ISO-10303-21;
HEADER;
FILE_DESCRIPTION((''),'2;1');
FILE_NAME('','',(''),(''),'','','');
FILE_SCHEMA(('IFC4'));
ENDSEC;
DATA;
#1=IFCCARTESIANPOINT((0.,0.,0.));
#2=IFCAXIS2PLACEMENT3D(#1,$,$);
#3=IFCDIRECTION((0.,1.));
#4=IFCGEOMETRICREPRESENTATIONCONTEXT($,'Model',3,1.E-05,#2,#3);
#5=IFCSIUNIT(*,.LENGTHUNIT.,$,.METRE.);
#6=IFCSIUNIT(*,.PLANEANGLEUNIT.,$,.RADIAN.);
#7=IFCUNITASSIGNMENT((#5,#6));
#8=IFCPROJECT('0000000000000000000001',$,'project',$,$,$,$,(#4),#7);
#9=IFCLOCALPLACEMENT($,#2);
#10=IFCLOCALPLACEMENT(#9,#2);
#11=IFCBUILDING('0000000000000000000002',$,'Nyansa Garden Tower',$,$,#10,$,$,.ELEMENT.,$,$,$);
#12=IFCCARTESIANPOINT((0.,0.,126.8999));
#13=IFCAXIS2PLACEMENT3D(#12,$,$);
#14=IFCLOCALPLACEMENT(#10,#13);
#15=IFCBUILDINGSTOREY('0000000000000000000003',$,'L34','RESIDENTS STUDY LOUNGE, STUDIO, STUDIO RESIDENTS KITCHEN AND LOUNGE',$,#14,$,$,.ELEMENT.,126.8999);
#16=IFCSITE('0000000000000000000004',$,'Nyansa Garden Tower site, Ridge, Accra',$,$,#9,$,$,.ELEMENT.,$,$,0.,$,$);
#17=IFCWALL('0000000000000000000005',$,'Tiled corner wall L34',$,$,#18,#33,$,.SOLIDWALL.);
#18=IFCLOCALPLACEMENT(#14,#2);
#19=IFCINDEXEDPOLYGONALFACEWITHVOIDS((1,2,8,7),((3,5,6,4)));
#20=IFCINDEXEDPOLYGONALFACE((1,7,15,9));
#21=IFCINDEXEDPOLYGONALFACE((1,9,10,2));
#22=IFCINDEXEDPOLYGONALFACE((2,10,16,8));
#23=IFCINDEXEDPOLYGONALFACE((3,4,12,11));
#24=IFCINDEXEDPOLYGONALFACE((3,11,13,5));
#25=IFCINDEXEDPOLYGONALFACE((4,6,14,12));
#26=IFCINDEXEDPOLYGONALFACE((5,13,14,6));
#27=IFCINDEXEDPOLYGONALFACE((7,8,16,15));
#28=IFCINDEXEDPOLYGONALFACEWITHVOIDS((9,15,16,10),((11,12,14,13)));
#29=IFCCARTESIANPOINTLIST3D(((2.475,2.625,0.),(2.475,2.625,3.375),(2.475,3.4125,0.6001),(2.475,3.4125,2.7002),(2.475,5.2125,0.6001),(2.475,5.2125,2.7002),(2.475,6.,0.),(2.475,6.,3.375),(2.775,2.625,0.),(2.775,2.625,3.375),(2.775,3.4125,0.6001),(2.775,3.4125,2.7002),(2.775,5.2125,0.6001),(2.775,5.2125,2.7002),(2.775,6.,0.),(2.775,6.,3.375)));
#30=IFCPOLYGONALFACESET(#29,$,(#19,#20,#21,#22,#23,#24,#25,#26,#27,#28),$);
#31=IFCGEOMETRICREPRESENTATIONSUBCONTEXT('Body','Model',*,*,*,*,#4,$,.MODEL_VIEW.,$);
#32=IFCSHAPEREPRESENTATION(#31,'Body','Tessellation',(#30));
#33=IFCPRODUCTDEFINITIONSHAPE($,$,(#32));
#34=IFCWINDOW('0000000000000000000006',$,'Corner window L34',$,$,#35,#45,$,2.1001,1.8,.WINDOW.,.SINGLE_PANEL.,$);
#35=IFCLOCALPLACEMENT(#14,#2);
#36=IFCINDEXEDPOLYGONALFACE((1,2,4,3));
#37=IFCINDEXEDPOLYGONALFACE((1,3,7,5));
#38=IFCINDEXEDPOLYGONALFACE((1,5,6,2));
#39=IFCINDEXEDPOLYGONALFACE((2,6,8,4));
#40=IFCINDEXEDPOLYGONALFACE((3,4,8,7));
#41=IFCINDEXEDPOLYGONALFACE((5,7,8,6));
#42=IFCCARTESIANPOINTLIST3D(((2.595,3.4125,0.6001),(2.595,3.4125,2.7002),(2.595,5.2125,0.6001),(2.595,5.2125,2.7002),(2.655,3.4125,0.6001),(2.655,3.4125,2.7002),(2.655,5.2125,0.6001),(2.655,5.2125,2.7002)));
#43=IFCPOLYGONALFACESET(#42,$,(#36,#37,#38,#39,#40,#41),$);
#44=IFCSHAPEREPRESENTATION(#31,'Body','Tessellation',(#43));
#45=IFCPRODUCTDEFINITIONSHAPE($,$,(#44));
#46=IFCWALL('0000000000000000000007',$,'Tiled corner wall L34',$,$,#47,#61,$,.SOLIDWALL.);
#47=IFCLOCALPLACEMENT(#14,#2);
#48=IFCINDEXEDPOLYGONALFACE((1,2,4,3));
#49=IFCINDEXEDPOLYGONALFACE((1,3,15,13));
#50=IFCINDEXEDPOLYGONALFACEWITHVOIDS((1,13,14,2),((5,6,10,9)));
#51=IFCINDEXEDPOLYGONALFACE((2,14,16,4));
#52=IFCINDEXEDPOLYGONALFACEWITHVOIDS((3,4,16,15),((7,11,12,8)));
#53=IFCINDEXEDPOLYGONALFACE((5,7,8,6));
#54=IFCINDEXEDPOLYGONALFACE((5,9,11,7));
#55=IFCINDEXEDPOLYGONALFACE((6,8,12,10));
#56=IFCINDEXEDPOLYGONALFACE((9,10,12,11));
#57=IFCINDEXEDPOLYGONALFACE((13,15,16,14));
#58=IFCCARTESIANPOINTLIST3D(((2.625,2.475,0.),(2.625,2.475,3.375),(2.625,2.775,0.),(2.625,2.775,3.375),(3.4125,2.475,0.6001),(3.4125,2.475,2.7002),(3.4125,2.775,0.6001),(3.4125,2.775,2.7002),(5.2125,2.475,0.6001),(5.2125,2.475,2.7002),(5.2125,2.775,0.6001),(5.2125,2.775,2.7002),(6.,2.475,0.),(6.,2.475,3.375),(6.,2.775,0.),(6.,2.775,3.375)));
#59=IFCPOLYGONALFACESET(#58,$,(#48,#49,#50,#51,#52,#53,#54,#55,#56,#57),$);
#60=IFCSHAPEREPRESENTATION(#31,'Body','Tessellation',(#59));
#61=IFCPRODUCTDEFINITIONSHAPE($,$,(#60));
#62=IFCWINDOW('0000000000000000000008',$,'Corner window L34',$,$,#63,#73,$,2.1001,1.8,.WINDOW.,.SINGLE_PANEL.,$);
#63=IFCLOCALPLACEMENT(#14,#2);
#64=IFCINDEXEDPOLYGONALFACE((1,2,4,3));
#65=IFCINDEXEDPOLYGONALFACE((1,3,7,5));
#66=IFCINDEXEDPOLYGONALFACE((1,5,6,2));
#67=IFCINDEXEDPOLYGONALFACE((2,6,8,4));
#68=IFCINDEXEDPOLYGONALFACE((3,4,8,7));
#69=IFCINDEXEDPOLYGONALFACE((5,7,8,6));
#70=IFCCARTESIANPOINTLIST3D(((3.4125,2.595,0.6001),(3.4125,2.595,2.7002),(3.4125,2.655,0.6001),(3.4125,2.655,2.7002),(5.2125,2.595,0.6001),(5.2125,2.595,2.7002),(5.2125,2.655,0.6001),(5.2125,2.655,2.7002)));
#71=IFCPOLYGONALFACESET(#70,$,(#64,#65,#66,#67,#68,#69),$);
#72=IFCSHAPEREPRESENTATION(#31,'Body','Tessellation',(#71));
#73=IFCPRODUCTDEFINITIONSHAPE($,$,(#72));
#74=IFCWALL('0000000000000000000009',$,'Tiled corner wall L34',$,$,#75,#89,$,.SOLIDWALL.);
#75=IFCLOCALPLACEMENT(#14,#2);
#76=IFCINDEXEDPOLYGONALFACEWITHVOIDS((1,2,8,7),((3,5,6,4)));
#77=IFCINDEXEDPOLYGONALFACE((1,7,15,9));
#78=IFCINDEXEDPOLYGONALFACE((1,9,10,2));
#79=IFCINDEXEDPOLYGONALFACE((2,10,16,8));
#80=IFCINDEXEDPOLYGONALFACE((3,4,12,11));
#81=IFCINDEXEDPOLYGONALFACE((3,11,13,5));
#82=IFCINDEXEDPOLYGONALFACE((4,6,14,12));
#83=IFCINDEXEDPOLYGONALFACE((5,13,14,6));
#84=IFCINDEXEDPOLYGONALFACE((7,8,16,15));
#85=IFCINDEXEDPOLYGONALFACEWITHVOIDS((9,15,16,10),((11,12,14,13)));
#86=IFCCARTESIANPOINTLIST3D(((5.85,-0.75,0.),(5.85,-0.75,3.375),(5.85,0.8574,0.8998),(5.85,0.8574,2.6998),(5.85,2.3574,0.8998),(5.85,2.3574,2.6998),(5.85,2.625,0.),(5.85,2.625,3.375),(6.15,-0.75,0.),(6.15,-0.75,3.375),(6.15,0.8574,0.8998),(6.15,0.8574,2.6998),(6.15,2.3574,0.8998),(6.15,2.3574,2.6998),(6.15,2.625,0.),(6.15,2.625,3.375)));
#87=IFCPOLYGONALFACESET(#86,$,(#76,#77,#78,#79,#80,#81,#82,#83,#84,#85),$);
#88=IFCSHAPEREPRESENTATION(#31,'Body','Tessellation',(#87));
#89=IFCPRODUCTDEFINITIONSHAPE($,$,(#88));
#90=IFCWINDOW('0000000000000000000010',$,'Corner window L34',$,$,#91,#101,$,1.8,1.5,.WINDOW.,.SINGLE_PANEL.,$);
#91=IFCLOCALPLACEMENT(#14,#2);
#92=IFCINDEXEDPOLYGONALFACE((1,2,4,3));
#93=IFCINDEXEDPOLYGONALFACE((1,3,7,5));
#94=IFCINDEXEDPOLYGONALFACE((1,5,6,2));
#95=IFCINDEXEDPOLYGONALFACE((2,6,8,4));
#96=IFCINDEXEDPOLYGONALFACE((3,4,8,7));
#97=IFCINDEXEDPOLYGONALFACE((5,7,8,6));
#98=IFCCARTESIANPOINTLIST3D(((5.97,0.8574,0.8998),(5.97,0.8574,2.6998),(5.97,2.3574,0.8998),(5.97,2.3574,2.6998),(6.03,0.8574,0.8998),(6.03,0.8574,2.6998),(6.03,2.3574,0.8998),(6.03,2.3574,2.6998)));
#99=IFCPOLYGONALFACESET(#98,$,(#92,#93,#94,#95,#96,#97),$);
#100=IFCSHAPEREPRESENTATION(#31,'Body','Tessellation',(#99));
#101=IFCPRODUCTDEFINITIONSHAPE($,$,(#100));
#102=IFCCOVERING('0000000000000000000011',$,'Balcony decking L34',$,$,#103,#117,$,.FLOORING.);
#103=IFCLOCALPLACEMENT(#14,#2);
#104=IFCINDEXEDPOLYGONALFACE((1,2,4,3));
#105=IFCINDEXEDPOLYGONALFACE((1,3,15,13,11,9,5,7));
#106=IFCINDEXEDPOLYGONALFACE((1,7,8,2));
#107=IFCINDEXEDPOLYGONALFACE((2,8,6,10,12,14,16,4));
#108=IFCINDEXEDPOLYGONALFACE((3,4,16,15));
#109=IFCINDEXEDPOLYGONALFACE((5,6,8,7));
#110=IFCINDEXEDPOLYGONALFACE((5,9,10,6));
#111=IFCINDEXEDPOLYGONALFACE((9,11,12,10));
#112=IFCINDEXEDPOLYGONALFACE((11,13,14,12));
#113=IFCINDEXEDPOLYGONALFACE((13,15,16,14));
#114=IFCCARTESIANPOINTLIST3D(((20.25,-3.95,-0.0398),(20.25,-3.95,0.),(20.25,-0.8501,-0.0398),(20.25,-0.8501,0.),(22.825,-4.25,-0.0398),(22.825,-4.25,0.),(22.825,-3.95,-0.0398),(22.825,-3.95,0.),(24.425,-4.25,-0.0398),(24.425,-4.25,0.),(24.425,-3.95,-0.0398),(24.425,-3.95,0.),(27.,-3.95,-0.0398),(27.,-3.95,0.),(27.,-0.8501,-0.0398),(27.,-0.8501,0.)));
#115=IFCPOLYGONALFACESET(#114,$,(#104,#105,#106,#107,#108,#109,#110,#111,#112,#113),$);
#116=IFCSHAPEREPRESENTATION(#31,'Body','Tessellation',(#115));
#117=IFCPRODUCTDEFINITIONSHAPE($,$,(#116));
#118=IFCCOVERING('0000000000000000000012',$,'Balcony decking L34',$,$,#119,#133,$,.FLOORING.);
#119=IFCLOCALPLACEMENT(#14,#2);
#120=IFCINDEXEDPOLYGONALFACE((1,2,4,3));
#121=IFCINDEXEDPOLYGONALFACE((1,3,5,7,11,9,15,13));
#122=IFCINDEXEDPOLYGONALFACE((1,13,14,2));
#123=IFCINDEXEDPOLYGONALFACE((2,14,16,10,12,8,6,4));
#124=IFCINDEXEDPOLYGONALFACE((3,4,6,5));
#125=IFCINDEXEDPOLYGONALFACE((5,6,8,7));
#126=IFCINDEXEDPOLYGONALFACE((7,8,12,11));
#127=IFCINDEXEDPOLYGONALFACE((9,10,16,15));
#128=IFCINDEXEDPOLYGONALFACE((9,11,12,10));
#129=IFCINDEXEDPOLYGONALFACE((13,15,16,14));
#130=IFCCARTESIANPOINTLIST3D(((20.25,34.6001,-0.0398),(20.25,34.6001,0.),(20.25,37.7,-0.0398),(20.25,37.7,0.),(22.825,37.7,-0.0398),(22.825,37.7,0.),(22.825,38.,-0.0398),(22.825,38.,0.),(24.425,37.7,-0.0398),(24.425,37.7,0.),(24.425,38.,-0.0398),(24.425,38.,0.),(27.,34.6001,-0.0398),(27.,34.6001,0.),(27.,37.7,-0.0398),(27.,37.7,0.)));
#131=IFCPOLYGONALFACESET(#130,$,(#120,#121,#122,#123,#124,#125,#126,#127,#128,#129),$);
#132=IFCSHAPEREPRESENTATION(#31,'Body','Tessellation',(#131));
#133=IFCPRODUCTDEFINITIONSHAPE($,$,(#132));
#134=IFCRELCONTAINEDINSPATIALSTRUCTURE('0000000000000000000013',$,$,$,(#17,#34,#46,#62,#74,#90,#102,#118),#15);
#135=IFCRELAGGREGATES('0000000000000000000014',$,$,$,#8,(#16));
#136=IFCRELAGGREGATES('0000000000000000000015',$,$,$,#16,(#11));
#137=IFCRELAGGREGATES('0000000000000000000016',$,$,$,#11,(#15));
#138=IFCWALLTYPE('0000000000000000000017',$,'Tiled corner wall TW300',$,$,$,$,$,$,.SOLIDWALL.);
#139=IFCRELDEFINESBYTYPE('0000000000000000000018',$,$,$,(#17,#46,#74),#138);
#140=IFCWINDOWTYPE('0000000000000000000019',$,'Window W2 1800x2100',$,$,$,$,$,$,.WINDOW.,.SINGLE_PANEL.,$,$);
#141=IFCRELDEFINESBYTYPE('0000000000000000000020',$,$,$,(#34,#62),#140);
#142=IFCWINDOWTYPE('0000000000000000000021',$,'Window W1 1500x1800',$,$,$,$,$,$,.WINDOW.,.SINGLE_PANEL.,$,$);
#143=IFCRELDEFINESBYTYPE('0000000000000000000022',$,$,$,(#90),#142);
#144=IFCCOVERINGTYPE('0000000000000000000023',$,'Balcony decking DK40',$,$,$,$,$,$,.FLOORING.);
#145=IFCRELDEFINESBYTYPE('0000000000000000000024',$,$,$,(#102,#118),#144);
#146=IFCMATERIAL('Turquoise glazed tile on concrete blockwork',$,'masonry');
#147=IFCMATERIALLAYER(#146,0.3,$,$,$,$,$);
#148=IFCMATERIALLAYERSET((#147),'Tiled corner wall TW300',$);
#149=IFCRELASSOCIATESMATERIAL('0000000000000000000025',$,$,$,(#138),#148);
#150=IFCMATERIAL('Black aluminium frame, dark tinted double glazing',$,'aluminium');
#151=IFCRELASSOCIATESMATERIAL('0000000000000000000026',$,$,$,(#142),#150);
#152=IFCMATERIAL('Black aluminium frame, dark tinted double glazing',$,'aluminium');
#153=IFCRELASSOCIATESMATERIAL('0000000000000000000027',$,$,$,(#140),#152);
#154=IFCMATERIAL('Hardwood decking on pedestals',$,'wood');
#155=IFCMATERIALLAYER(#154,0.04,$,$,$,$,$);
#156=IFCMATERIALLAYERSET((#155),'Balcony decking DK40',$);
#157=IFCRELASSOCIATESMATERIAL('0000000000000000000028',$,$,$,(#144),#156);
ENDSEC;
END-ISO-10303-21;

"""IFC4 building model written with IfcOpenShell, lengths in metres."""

from ifc_helpers import new_model, si_unit, direction, frame, frame_2d, origin, place, context, subcontext, project, spatial, polyline, rectangle, outline, extrude, material, layer, layer_set, type_object, element, fill, save


model = new_model("IFC4")

# Units and contexts
model_context = context("Model", 3, precision=1e-05, world=origin(), true_north=direction((0.0, 1.0)))
body_context = subcontext(model_context, "Body", "Model", "MODEL_VIEW")
ifc_project = project(units=[si_unit("LENGTHUNIT", "METRE"), si_unit("PLANEANGLEUNIT", "RADIAN")], contexts=[model_context])

# Site, building, storey
site_placement = place(None, origin())
site = spatial("IfcSite", under=ifc_project, at=site_placement, Name="Nyansa Garden Tower site, Ridge, Accra", CompositionType="ELEMENT", RefElevation=0.0)
building_placement = place(site_placement, origin())
building = spatial("IfcBuilding", under=site, at=building_placement, Name="Nyansa Garden Tower", CompositionType="ELEMENT")
storey_placement = place(building_placement, frame((0.0, 0.0, 126.8999)))
storey = spatial("IfcBuildingStorey", under=building, at=storey_placement, Name="L34", Description="RESIDENTS STUDY LOUNGE, STUDIO, STUDIO RESIDENTS KITCHEN AND LOUNGE", CompositionType="ELEMENT", Elevation=126.8999)

# Walls, openings, windows
ifc_material_1 = material(Name="Turquoise glazed tile on concrete blockwork", Category="masonry")
ifc_layer_1 = layer(ifc_material_1, 0.3)
ifc_layer_set_1 = layer_set([ifc_layer_1], Name="Tiled corner wall TW300")
wall_type = type_object("IfcWallType", Name="Tiled corner wall TW300", PredefinedType="SOLIDWALL", material=ifc_layer_set_1)
ifc_material_2 = material(Name="Black aluminium frame, dark tinted double glazing", Category="aluminium")
window_type_1 = type_object("IfcWindowType", Name="Window W1 1500x1800", PartitioningType="SINGLE_PANEL", PredefinedType="WINDOW", material=ifc_material_2)
wall_1_placement = place(storey_placement, frame((2.625, 6.0, 0.0), z_axis=(0.0, 0.0, 1.0), x_axis=(0.0, -1.0, 0.0)))
wall_1 = element("IfcWall", 1, at=wall_1_placement, inside=storey, type_object=wall_type, Name="Tiled corner wall L34", PredefinedType="SOLIDWALL", context=body_context, shape_type="SweptSolid", body=[
    extrude(rectangle(XDim=3.375, YDim=0.3, at=frame_2d((1.6875, 0.0))), origin(), (0.0, 0.0, 1.0), 3.375),
])
opening_1_placement = place(wall_1_placement, frame((0.7876, 0.0, 0.6001)))
opening_1 = element("IfcOpeningElement", 2, at=opening_1_placement, cuts=wall_1, PredefinedType="OPENING", context=body_context, shape_type="SweptSolid", body=[
    extrude(rectangle(XDim=1.8, YDim=2.1001, at=frame_2d((0.8999, 1.05))), frame((0.0, 0.1599, 0.0), z_axis=(0.0, -1.0, 0.0), x_axis=(1.0, 0.0, 0.0)), (0.0, 0.0, 1.0), 0.3201),
])
ifc_material_3 = material(Name="Black aluminium frame, dark tinted double glazing", Category="aluminium")
window_type_2 = type_object("IfcWindowType", Name="Window W2 1800x2100", PartitioningType="SINGLE_PANEL", PredefinedType="WINDOW", material=ifc_material_3)
window_1_placement = place(opening_1_placement, origin())
window_1 = element("IfcWindow", 3, at=window_1_placement, inside=storey, type_object=window_type_2, Name="Corner window L34", OverallHeight=2.1001, OverallWidth=1.8, PartitioningType="SINGLE_PANEL", PredefinedType="WINDOW", context=body_context, shape_type="SweptSolid", body=[
    extrude(rectangle(XDim=1.8, YDim=2.1001, at=frame_2d((0.8999, 1.05))), frame((0.0, 0.03, 0.0), z_axis=(0.0, -1.0, 0.0), x_axis=(1.0, 0.0, 0.0)), (0.0, 0.0, 1.0), 0.0601),
])
fill(opening_1, window_1)
wall_2_placement = place(storey_placement, frame((2.625, 2.625, 0.0), z_axis=(0.0, 0.0, 1.0), x_axis=(1.0, 0.0, 0.0)))
wall_2 = element("IfcWall", 4, at=wall_2_placement, inside=storey, type_object=wall_type, Name="Tiled corner wall L34", PredefinedType="SOLIDWALL", context=body_context, shape_type="SweptSolid", body=[
    extrude(rectangle(XDim=3.375, YDim=0.3, at=frame_2d((1.6875, 0.0))), origin(), (0.0, 0.0, 1.0), 3.375),
])
opening_2_placement = place(wall_2_placement, frame((0.7876, 0.0, 0.6001)))
opening_2 = element("IfcOpeningElement", 5, at=opening_2_placement, cuts=wall_2, PredefinedType="OPENING", context=body_context, shape_type="SweptSolid", body=[
    extrude(rectangle(XDim=1.8, YDim=2.1001, at=frame_2d((0.8999, 1.05))), frame((0.0, 0.1599, 0.0), z_axis=(0.0, -1.0, 0.0), x_axis=(1.0, 0.0, 0.0)), (0.0, 0.0, 1.0), 0.3201),
])
window_2_placement = place(opening_2_placement, origin())
window_2 = element("IfcWindow", 6, at=window_2_placement, inside=storey, type_object=window_type_2, Name="Corner window L34", OverallHeight=2.1001, OverallWidth=1.8, PartitioningType="SINGLE_PANEL", PredefinedType="WINDOW", context=body_context, shape_type="SweptSolid", body=[
    extrude(rectangle(XDim=1.8, YDim=2.1001, at=frame_2d((0.8999, 1.05))), frame((0.0, 0.03, 0.0), z_axis=(0.0, -1.0, 0.0), x_axis=(1.0, 0.0, 0.0)), (0.0, 0.0, 1.0), 0.0601),
])
fill(opening_2, window_2)
wall_3_placement = place(storey_placement, frame((6.0, 2.625, 0.0), z_axis=(0.0, 0.0, 1.0), x_axis=(0.0, -1.0, 0.0)))
wall_3 = element("IfcWall", 7, at=wall_3_placement, inside=storey, type_object=wall_type, Name="Tiled corner wall L34", PredefinedType="SOLIDWALL", context=body_context, shape_type="SweptSolid", body=[
    extrude(rectangle(XDim=3.375, YDim=0.3, at=frame_2d((1.6875, 0.0))), origin(), (0.0, 0.0, 1.0), 3.375),
])
opening_3_placement = place(wall_3_placement, frame((0.2676, 0.0, 0.8999)))
opening_3 = element("IfcOpeningElement", 8, at=opening_3_placement, cuts=wall_3, PredefinedType="OPENING", context=body_context, shape_type="SweptSolid", body=[
    extrude(rectangle(XDim=1.5, YDim=1.8, at=frame_2d((0.75, 0.8999))), frame((0.0, 0.1599, 0.0), z_axis=(0.0, -1.0, 0.0), x_axis=(1.0, 0.0, 0.0)), (0.0, 0.0, 1.0), 0.3201),
])
window_3_placement = place(opening_3_placement, origin())
window_3 = element("IfcWindow", 9, at=window_3_placement, inside=storey, type_object=window_type_1, Name="Corner window L34", OverallHeight=1.8, OverallWidth=1.5, PartitioningType="SINGLE_PANEL", PredefinedType="WINDOW", context=body_context, shape_type="SweptSolid", body=[
    extrude(rectangle(XDim=1.5, YDim=1.8, at=frame_2d((0.75, 0.8999))), frame((0.0, 0.03, 0.0), z_axis=(0.0, -1.0, 0.0), x_axis=(1.0, 0.0, 0.0)), (0.0, 0.0, 1.0), 0.0601),
])
fill(opening_3, window_3)

# Coverings
ifc_material_4 = material(Name="Hardwood decking on pedestals", Category="wood")
ifc_layer_2 = layer(ifc_material_4, 0.04)
ifc_layer_set_2 = layer_set([ifc_layer_2], Name="Balcony decking DK40")
covering_type = type_object("IfcCoveringType", Name="Balcony decking DK40", PredefinedType="FLOORING", material=ifc_layer_set_2)
covering_1_placement = place(storey_placement, frame((0.0, 0.0, -0.0398)))
element("IfcCovering", 10, at=covering_1_placement, inside=storey, type_object=covering_type, Name="Balcony decking L34", PredefinedType="FLOORING", context=body_context, shape_type="SweptSolid", body=[
    extrude(outline(polyline([(20.25, -0.8501), (27.0, -0.8501), (27.0, -3.95), (24.425, -3.95), (24.425, -4.25), (22.825, -4.25), (22.825, -3.95), (20.25, -3.95), (20.25, -0.8501)])), origin(), (0.0, 0.0, 1.0), 0.0398),
])
covering_2_placement = place(storey_placement, frame((0.0, 0.0, -0.0398)))
element("IfcCovering", 11, at=covering_2_placement, inside=storey, type_object=covering_type, Name="Balcony decking L34", PredefinedType="FLOORING", context=body_context, shape_type="SweptSolid", body=[
    extrude(outline(polyline([(20.25, 34.6001), (27.0, 34.6001), (27.0, 37.7), (24.425, 37.7), (24.425, 38.0), (22.825, 38.0), (22.825, 37.7), (20.25, 37.7), (20.25, 34.6001)])), origin(), (0.0, 0.0, 1.0), 0.0398),
])

save(model, "model.ifc")
